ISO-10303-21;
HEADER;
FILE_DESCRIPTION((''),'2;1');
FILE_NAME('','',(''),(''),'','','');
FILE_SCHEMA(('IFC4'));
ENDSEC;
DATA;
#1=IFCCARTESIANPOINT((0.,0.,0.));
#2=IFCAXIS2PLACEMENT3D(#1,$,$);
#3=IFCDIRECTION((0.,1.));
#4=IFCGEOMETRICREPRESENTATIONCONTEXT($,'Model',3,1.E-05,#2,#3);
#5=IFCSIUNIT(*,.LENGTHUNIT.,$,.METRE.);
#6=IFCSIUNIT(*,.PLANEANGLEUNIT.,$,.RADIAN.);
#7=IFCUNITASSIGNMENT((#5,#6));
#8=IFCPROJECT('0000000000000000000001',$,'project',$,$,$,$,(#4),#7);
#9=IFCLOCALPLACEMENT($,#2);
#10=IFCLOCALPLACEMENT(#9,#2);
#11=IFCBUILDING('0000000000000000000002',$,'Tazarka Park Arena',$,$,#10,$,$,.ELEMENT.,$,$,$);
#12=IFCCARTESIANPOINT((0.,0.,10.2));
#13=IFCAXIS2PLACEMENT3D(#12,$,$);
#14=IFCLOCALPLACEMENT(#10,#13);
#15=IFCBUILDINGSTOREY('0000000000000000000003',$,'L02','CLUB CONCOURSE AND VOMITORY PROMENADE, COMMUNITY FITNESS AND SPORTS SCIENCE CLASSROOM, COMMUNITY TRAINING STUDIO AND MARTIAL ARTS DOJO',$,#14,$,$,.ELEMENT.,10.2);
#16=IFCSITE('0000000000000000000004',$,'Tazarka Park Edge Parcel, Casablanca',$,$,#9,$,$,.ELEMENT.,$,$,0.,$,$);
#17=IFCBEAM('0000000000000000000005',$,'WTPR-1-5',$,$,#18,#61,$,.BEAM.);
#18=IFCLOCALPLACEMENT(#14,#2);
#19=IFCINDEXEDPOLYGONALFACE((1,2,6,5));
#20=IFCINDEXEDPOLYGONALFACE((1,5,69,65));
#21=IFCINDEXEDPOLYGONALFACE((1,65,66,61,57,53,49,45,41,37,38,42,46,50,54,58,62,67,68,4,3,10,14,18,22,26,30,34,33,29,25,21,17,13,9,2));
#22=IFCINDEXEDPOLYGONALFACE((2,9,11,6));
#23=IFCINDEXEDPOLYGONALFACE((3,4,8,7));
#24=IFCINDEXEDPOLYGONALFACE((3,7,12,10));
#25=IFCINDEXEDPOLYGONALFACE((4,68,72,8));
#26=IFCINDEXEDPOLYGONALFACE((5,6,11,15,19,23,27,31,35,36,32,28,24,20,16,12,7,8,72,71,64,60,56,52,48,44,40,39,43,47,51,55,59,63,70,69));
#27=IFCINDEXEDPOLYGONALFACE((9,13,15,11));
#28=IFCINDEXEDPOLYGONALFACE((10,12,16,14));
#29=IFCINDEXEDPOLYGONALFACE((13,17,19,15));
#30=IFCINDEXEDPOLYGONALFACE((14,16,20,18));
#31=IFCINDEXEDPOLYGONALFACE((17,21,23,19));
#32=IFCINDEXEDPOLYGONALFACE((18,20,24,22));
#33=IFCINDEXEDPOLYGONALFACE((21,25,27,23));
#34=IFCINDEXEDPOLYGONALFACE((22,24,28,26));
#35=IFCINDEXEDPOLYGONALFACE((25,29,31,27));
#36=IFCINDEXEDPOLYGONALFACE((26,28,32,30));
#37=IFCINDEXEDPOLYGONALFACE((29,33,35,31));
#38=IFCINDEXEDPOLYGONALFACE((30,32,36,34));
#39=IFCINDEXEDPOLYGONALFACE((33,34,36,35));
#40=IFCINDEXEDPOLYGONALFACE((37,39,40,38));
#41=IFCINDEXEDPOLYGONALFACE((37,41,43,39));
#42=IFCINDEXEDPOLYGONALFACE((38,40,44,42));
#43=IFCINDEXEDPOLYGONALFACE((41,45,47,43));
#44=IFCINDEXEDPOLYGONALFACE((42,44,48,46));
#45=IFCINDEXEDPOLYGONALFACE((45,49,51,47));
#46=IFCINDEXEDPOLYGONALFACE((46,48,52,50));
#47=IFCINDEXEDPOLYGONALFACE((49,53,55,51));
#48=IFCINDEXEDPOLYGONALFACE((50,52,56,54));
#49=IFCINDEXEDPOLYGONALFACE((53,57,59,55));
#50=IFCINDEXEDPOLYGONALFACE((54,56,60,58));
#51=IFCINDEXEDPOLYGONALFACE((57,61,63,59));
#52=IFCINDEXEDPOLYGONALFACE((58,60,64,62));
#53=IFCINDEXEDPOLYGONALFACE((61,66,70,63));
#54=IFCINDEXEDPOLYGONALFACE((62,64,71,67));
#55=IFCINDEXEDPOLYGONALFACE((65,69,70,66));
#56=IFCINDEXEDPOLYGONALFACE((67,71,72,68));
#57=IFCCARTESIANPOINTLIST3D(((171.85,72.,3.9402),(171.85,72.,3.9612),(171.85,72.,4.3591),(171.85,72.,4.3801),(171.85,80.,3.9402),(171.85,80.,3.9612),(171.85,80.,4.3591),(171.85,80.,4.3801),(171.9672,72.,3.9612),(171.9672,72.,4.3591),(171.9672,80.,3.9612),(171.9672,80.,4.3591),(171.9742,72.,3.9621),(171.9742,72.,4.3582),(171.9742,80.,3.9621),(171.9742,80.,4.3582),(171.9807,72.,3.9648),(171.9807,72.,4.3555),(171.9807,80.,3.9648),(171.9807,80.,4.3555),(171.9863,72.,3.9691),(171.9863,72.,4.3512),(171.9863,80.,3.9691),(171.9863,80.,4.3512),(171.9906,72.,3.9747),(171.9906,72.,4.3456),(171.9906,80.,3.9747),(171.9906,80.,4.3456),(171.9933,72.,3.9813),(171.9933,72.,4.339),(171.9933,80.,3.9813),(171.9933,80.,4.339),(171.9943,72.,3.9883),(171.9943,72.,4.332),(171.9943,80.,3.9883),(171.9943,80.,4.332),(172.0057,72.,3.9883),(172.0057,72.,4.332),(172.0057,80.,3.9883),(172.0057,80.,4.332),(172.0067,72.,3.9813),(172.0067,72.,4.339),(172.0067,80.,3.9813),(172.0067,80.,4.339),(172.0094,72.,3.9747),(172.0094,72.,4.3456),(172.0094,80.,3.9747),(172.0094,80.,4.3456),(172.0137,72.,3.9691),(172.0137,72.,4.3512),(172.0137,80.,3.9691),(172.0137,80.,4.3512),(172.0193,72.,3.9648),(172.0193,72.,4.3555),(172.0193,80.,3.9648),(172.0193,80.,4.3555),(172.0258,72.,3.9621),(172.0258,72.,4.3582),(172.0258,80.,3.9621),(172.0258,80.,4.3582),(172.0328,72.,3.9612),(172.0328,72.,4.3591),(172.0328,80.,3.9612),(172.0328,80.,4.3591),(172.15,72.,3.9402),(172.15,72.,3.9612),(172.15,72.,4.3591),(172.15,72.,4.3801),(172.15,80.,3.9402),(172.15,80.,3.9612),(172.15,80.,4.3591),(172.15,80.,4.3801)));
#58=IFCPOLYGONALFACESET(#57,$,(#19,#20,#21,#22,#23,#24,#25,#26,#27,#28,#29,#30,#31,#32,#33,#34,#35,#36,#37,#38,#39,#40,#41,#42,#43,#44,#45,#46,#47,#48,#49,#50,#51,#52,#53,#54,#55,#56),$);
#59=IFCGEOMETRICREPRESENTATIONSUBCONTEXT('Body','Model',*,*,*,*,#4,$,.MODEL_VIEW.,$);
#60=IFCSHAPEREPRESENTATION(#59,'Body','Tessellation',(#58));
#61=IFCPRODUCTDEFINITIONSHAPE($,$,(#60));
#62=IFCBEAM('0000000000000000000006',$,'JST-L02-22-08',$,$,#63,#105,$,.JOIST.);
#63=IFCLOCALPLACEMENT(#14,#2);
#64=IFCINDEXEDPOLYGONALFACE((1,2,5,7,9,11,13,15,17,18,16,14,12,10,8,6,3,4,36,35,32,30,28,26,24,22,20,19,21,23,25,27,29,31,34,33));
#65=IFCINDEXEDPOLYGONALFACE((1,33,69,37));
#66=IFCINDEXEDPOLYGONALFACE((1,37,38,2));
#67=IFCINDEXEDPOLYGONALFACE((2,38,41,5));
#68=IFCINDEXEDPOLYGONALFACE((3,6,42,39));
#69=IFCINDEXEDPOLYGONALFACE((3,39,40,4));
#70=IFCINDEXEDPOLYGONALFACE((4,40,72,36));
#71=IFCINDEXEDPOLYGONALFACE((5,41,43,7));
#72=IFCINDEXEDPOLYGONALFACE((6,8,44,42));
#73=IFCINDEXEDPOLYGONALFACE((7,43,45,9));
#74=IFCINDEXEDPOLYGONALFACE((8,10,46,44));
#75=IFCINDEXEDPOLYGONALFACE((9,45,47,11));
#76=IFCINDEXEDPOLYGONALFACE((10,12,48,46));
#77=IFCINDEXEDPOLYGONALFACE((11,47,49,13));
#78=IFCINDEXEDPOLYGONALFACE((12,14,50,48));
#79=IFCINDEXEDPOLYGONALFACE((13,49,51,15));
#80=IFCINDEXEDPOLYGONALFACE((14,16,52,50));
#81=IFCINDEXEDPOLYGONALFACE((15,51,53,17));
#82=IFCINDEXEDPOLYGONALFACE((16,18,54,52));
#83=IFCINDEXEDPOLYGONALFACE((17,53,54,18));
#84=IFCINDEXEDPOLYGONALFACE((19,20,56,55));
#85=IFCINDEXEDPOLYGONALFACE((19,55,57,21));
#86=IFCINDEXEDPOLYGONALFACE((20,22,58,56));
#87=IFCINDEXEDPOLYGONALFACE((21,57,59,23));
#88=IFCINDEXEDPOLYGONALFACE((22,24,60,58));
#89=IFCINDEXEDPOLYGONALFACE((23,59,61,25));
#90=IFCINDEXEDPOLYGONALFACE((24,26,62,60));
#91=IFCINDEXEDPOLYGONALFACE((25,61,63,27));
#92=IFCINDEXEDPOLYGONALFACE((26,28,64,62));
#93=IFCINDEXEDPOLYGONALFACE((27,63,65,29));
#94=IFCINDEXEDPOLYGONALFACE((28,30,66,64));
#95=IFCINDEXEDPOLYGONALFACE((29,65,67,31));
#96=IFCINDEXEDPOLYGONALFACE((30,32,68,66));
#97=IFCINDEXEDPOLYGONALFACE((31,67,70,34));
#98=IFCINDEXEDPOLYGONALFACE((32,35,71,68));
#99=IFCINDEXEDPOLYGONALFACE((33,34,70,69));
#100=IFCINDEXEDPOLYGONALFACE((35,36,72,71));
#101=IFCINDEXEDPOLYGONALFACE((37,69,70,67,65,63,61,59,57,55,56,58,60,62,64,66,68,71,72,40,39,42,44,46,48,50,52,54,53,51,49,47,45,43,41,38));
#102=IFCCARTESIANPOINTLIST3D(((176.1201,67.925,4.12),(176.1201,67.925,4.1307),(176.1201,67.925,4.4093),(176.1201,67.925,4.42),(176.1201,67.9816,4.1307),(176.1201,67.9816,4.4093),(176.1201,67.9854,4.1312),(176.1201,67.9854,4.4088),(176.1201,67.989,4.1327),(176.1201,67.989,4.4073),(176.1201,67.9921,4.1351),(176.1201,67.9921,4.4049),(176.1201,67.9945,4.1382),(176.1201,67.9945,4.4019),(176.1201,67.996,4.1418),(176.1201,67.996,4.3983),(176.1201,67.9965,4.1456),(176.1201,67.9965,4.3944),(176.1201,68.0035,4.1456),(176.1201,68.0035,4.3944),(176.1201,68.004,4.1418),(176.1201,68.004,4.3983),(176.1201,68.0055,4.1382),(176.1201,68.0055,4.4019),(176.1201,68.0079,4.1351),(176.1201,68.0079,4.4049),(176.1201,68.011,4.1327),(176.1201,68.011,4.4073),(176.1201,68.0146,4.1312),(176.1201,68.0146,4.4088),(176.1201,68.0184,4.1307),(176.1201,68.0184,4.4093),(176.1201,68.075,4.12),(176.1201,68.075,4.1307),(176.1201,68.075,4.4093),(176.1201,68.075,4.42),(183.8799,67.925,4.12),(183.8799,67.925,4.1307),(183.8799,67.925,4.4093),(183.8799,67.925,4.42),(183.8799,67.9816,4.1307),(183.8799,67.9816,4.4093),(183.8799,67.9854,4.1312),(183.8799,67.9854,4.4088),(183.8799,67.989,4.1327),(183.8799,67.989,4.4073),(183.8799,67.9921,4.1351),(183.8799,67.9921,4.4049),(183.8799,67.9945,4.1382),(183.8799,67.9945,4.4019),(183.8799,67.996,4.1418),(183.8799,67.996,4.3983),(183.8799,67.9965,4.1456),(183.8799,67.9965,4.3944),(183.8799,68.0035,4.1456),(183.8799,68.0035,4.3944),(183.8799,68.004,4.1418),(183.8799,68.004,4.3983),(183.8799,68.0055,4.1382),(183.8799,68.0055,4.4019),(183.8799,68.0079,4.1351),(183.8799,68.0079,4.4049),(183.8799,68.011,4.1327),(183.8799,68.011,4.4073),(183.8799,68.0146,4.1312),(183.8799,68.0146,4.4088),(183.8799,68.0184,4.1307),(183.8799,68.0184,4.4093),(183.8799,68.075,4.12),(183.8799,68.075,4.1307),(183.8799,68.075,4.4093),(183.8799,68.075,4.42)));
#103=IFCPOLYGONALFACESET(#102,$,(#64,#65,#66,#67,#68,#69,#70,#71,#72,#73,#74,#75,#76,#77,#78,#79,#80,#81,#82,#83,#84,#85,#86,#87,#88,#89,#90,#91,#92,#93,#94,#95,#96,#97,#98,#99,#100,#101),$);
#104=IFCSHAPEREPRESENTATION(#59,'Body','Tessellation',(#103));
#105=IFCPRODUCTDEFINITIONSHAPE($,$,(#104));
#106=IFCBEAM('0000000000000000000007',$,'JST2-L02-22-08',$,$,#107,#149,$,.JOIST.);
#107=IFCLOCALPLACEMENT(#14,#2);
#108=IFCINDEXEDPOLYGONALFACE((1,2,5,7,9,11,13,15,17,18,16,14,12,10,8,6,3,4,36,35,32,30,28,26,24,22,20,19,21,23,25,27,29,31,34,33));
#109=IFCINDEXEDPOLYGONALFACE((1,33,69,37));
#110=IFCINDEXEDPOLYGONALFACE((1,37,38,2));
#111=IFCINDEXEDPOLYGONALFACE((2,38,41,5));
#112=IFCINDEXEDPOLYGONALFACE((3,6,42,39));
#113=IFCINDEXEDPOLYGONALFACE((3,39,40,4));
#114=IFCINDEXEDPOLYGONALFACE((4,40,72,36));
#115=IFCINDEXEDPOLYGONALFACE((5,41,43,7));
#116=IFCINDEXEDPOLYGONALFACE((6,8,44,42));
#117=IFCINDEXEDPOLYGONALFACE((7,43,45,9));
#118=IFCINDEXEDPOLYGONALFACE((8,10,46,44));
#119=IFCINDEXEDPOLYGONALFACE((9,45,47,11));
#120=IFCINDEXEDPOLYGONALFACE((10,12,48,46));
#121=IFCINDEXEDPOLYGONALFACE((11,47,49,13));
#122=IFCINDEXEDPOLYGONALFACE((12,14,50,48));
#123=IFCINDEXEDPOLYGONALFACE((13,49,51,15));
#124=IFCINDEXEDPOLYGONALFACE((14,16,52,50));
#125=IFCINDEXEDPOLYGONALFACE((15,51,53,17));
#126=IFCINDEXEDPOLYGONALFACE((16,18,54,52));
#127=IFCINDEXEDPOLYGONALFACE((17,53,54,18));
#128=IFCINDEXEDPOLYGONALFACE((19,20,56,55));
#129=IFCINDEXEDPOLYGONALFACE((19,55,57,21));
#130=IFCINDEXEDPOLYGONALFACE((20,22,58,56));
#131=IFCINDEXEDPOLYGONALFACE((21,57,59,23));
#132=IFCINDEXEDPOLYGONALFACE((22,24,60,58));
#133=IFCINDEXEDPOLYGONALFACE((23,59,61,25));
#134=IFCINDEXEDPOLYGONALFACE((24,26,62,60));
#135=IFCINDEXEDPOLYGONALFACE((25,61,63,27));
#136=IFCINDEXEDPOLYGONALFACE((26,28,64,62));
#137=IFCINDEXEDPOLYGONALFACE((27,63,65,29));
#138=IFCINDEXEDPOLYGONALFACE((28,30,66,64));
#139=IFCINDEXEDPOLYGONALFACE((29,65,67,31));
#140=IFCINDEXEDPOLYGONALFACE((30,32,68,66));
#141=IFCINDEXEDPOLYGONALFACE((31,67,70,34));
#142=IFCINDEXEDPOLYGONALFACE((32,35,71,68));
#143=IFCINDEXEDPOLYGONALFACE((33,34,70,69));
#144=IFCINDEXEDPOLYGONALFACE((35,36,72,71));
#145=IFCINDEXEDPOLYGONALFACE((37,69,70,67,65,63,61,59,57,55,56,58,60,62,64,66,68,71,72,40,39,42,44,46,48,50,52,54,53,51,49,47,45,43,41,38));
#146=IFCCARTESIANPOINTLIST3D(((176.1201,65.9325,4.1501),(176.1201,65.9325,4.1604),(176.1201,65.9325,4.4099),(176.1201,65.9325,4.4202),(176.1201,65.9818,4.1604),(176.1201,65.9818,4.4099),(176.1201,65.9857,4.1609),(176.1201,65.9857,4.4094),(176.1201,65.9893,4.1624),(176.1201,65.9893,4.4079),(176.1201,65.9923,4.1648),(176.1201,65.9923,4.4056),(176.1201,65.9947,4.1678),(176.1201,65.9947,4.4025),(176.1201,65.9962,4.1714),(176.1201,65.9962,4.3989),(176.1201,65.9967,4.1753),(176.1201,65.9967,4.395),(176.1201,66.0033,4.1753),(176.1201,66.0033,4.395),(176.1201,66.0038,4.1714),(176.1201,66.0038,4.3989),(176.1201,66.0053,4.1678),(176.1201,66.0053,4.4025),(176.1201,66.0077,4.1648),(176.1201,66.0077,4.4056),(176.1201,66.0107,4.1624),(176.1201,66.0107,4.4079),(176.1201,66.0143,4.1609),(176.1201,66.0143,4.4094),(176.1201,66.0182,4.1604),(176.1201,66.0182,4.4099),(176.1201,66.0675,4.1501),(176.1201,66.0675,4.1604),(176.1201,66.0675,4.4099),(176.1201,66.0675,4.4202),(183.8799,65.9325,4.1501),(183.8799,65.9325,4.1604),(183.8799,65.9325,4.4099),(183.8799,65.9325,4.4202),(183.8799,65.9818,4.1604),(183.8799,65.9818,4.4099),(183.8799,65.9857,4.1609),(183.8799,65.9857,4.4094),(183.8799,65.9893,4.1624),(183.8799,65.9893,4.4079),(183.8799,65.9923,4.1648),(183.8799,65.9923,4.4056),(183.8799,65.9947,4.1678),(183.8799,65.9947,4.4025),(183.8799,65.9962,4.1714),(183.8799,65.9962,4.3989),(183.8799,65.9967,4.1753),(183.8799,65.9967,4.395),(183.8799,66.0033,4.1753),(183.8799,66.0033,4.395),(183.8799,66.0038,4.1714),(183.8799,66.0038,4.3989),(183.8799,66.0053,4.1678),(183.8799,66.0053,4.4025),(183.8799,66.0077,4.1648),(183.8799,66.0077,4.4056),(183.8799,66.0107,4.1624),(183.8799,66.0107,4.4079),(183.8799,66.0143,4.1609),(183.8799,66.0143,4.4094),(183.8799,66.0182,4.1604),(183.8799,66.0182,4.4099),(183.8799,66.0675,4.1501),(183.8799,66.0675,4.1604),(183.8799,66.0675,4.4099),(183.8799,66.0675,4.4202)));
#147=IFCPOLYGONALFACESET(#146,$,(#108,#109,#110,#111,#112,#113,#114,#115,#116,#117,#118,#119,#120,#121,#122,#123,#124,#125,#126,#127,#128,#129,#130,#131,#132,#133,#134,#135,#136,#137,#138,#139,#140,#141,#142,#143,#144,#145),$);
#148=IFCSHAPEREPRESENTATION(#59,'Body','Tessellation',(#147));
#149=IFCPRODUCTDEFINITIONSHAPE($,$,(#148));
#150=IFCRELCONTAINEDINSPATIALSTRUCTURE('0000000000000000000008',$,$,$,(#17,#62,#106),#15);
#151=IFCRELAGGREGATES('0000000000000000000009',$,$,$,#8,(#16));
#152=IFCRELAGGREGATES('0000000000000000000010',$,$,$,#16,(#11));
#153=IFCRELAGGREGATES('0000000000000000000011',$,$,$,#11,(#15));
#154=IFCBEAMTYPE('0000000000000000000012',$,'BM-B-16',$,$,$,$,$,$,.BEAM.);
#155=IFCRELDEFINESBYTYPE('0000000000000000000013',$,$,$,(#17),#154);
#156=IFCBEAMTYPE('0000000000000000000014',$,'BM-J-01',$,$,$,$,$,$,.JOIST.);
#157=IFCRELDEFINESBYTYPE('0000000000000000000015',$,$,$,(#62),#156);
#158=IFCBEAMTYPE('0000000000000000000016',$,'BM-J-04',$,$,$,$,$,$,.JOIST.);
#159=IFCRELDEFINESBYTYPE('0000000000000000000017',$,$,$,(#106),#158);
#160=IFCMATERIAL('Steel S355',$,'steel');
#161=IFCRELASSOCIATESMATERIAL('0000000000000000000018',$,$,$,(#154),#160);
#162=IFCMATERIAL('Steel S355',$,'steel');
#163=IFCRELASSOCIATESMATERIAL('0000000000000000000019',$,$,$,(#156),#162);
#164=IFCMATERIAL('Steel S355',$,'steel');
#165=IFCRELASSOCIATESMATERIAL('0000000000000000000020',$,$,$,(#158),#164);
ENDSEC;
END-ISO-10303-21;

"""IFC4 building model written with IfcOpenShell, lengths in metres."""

from ifc_helpers import new_model, si_unit, direction, frame, origin, origin_2d, place, context, subcontext, project, spatial, i_section, extrude, material, material_profile, profile_set, type_object, element, save


model = new_model("IFC4")

# Units and contexts
model_context = context("Model", 3, precision=1e-05, world=origin(), true_north=direction((0.0, 1.0)))
body_context = subcontext(model_context, "Body", "Model", "MODEL_VIEW")
ifc_project = project(units=[si_unit("LENGTHUNIT", "METRE"), si_unit("PLANEANGLEUNIT", "RADIAN")], contexts=[model_context])

# Site, building, storey
site_placement = place(None, origin())
site = spatial("IfcSite", under=ifc_project, at=site_placement, Name="Tazarka Park Edge Parcel, Casablanca", CompositionType="ELEMENT", RefElevation=0.0)
building_placement = place(site_placement, origin())
building = spatial("IfcBuilding", under=site, at=building_placement, Name="Tazarka Park Arena", CompositionType="ELEMENT")
storey_placement = place(building_placement, frame((0.0, 0.0, 10.2)))
storey = spatial("IfcBuildingStorey", under=building, at=storey_placement, Name="L02", Description="CLUB CONCOURSE AND VOMITORY PROMENADE, COMMUNITY FITNESS AND SPORTS SCIENCE CLASSROOM, COMMUNITY TRAINING STUDIO AND MARTIAL ARTS DOJO", CompositionType="ELEMENT", Elevation=10.2)

# Beams
ifc_material_1 = material(Name="Steel S355", Category="steel")
ifc_material_profile_1 = material_profile(ifc_material_1, i_section(OverallWidth=0.3, OverallDepth=0.4399, WebThickness=0.0115, FlangeThickness=0.021, FilletRadius=0.0271, at=origin_2d()), Name="Steel S355")
ifc_profile_set_1 = profile_set([ifc_material_profile_1], Name="Steel S355")
beam_type_1 = type_object("IfcBeamType", Name="BM-B-16", PredefinedType="BEAM", material=ifc_profile_set_1)
beam_1_placement = place(storey_placement, frame((172.0, 72.0, 4.1602), z_axis=(0.0, 1.0, 0.0), x_axis=(-1.0, 0.0, 0.0)))
element("IfcBeam", 1, at=beam_1_placement, inside=storey, type_object=beam_type_1, Name="WTPR-1-5", PredefinedType="BEAM", context=body_context, shape_type="SweptSolid", body=[
    extrude(i_section(OverallWidth=0.3, OverallDepth=0.4399, WebThickness=0.0115, FlangeThickness=0.021, FilletRadius=0.0271, at=origin_2d()), origin(), (0.0, 0.0, 1.0), 8.0),
])
ifc_material_2 = material(Name="Steel S355", Category="steel")
ifc_material_profile_2 = material_profile(ifc_material_2, i_section(OverallWidth=0.1499, OverallDepth=0.3, WebThickness=0.0071, FlangeThickness=0.0107, FilletRadius=0.0149, at=origin_2d()), Name="Steel S355")
ifc_profile_set_2 = profile_set([ifc_material_profile_2], Name="Steel S355")
beam_type_2 = type_object("IfcBeamType", Name="BM-J-01", PredefinedType="JOIST", material=ifc_profile_set_2)
beam_2_placement = place(storey_placement, frame((176.1201, 68.0, 4.27), z_axis=(1.0, 0.0, 0.0), x_axis=(0.0, 1.0, 0.0)))
element("IfcBeam", 2, at=beam_2_placement, inside=storey, type_object=beam_type_2, Name="JST-L02-22-08", PredefinedType="JOIST", context=body_context, shape_type="SweptSolid", body=[
    extrude(i_section(OverallWidth=0.1499, OverallDepth=0.3, WebThickness=0.0071, FlangeThickness=0.0107, FilletRadius=0.0149, at=origin_2d()), origin(), (0.0, 0.0, 1.0), 7.7598),
])
ifc_material_3 = material(Name="Steel S355", Category="steel")
ifc_material_profile_3 = material_profile(ifc_material_3, i_section(OverallWidth=0.135, OverallDepth=0.27, WebThickness=0.0066, FlangeThickness=0.0103, FilletRadius=0.0149, at=origin_2d()), Name="Steel S355")
ifc_profile_set_3 = profile_set([ifc_material_profile_3], Name="Steel S355")
beam_type_3 = type_object("IfcBeamType", Name="BM-J-04", PredefinedType="JOIST", material=ifc_profile_set_3)
beam_3_placement = place(storey_placement, frame((176.1201, 66.0, 4.2852), z_axis=(1.0, 0.0, 0.0), x_axis=(0.0, 1.0, 0.0)))
element("IfcBeam", 3, at=beam_3_placement, inside=storey, type_object=beam_type_3, Name="JST2-L02-22-08", PredefinedType="JOIST", context=body_context, shape_type="SweptSolid", body=[
    extrude(i_section(OverallWidth=0.135, OverallDepth=0.27, WebThickness=0.0066, FlangeThickness=0.0103, FilletRadius=0.0149, at=origin_2d()), origin(), (0.0, 0.0, 1.0), 7.7598),
])

save(model, "model.ifc")
